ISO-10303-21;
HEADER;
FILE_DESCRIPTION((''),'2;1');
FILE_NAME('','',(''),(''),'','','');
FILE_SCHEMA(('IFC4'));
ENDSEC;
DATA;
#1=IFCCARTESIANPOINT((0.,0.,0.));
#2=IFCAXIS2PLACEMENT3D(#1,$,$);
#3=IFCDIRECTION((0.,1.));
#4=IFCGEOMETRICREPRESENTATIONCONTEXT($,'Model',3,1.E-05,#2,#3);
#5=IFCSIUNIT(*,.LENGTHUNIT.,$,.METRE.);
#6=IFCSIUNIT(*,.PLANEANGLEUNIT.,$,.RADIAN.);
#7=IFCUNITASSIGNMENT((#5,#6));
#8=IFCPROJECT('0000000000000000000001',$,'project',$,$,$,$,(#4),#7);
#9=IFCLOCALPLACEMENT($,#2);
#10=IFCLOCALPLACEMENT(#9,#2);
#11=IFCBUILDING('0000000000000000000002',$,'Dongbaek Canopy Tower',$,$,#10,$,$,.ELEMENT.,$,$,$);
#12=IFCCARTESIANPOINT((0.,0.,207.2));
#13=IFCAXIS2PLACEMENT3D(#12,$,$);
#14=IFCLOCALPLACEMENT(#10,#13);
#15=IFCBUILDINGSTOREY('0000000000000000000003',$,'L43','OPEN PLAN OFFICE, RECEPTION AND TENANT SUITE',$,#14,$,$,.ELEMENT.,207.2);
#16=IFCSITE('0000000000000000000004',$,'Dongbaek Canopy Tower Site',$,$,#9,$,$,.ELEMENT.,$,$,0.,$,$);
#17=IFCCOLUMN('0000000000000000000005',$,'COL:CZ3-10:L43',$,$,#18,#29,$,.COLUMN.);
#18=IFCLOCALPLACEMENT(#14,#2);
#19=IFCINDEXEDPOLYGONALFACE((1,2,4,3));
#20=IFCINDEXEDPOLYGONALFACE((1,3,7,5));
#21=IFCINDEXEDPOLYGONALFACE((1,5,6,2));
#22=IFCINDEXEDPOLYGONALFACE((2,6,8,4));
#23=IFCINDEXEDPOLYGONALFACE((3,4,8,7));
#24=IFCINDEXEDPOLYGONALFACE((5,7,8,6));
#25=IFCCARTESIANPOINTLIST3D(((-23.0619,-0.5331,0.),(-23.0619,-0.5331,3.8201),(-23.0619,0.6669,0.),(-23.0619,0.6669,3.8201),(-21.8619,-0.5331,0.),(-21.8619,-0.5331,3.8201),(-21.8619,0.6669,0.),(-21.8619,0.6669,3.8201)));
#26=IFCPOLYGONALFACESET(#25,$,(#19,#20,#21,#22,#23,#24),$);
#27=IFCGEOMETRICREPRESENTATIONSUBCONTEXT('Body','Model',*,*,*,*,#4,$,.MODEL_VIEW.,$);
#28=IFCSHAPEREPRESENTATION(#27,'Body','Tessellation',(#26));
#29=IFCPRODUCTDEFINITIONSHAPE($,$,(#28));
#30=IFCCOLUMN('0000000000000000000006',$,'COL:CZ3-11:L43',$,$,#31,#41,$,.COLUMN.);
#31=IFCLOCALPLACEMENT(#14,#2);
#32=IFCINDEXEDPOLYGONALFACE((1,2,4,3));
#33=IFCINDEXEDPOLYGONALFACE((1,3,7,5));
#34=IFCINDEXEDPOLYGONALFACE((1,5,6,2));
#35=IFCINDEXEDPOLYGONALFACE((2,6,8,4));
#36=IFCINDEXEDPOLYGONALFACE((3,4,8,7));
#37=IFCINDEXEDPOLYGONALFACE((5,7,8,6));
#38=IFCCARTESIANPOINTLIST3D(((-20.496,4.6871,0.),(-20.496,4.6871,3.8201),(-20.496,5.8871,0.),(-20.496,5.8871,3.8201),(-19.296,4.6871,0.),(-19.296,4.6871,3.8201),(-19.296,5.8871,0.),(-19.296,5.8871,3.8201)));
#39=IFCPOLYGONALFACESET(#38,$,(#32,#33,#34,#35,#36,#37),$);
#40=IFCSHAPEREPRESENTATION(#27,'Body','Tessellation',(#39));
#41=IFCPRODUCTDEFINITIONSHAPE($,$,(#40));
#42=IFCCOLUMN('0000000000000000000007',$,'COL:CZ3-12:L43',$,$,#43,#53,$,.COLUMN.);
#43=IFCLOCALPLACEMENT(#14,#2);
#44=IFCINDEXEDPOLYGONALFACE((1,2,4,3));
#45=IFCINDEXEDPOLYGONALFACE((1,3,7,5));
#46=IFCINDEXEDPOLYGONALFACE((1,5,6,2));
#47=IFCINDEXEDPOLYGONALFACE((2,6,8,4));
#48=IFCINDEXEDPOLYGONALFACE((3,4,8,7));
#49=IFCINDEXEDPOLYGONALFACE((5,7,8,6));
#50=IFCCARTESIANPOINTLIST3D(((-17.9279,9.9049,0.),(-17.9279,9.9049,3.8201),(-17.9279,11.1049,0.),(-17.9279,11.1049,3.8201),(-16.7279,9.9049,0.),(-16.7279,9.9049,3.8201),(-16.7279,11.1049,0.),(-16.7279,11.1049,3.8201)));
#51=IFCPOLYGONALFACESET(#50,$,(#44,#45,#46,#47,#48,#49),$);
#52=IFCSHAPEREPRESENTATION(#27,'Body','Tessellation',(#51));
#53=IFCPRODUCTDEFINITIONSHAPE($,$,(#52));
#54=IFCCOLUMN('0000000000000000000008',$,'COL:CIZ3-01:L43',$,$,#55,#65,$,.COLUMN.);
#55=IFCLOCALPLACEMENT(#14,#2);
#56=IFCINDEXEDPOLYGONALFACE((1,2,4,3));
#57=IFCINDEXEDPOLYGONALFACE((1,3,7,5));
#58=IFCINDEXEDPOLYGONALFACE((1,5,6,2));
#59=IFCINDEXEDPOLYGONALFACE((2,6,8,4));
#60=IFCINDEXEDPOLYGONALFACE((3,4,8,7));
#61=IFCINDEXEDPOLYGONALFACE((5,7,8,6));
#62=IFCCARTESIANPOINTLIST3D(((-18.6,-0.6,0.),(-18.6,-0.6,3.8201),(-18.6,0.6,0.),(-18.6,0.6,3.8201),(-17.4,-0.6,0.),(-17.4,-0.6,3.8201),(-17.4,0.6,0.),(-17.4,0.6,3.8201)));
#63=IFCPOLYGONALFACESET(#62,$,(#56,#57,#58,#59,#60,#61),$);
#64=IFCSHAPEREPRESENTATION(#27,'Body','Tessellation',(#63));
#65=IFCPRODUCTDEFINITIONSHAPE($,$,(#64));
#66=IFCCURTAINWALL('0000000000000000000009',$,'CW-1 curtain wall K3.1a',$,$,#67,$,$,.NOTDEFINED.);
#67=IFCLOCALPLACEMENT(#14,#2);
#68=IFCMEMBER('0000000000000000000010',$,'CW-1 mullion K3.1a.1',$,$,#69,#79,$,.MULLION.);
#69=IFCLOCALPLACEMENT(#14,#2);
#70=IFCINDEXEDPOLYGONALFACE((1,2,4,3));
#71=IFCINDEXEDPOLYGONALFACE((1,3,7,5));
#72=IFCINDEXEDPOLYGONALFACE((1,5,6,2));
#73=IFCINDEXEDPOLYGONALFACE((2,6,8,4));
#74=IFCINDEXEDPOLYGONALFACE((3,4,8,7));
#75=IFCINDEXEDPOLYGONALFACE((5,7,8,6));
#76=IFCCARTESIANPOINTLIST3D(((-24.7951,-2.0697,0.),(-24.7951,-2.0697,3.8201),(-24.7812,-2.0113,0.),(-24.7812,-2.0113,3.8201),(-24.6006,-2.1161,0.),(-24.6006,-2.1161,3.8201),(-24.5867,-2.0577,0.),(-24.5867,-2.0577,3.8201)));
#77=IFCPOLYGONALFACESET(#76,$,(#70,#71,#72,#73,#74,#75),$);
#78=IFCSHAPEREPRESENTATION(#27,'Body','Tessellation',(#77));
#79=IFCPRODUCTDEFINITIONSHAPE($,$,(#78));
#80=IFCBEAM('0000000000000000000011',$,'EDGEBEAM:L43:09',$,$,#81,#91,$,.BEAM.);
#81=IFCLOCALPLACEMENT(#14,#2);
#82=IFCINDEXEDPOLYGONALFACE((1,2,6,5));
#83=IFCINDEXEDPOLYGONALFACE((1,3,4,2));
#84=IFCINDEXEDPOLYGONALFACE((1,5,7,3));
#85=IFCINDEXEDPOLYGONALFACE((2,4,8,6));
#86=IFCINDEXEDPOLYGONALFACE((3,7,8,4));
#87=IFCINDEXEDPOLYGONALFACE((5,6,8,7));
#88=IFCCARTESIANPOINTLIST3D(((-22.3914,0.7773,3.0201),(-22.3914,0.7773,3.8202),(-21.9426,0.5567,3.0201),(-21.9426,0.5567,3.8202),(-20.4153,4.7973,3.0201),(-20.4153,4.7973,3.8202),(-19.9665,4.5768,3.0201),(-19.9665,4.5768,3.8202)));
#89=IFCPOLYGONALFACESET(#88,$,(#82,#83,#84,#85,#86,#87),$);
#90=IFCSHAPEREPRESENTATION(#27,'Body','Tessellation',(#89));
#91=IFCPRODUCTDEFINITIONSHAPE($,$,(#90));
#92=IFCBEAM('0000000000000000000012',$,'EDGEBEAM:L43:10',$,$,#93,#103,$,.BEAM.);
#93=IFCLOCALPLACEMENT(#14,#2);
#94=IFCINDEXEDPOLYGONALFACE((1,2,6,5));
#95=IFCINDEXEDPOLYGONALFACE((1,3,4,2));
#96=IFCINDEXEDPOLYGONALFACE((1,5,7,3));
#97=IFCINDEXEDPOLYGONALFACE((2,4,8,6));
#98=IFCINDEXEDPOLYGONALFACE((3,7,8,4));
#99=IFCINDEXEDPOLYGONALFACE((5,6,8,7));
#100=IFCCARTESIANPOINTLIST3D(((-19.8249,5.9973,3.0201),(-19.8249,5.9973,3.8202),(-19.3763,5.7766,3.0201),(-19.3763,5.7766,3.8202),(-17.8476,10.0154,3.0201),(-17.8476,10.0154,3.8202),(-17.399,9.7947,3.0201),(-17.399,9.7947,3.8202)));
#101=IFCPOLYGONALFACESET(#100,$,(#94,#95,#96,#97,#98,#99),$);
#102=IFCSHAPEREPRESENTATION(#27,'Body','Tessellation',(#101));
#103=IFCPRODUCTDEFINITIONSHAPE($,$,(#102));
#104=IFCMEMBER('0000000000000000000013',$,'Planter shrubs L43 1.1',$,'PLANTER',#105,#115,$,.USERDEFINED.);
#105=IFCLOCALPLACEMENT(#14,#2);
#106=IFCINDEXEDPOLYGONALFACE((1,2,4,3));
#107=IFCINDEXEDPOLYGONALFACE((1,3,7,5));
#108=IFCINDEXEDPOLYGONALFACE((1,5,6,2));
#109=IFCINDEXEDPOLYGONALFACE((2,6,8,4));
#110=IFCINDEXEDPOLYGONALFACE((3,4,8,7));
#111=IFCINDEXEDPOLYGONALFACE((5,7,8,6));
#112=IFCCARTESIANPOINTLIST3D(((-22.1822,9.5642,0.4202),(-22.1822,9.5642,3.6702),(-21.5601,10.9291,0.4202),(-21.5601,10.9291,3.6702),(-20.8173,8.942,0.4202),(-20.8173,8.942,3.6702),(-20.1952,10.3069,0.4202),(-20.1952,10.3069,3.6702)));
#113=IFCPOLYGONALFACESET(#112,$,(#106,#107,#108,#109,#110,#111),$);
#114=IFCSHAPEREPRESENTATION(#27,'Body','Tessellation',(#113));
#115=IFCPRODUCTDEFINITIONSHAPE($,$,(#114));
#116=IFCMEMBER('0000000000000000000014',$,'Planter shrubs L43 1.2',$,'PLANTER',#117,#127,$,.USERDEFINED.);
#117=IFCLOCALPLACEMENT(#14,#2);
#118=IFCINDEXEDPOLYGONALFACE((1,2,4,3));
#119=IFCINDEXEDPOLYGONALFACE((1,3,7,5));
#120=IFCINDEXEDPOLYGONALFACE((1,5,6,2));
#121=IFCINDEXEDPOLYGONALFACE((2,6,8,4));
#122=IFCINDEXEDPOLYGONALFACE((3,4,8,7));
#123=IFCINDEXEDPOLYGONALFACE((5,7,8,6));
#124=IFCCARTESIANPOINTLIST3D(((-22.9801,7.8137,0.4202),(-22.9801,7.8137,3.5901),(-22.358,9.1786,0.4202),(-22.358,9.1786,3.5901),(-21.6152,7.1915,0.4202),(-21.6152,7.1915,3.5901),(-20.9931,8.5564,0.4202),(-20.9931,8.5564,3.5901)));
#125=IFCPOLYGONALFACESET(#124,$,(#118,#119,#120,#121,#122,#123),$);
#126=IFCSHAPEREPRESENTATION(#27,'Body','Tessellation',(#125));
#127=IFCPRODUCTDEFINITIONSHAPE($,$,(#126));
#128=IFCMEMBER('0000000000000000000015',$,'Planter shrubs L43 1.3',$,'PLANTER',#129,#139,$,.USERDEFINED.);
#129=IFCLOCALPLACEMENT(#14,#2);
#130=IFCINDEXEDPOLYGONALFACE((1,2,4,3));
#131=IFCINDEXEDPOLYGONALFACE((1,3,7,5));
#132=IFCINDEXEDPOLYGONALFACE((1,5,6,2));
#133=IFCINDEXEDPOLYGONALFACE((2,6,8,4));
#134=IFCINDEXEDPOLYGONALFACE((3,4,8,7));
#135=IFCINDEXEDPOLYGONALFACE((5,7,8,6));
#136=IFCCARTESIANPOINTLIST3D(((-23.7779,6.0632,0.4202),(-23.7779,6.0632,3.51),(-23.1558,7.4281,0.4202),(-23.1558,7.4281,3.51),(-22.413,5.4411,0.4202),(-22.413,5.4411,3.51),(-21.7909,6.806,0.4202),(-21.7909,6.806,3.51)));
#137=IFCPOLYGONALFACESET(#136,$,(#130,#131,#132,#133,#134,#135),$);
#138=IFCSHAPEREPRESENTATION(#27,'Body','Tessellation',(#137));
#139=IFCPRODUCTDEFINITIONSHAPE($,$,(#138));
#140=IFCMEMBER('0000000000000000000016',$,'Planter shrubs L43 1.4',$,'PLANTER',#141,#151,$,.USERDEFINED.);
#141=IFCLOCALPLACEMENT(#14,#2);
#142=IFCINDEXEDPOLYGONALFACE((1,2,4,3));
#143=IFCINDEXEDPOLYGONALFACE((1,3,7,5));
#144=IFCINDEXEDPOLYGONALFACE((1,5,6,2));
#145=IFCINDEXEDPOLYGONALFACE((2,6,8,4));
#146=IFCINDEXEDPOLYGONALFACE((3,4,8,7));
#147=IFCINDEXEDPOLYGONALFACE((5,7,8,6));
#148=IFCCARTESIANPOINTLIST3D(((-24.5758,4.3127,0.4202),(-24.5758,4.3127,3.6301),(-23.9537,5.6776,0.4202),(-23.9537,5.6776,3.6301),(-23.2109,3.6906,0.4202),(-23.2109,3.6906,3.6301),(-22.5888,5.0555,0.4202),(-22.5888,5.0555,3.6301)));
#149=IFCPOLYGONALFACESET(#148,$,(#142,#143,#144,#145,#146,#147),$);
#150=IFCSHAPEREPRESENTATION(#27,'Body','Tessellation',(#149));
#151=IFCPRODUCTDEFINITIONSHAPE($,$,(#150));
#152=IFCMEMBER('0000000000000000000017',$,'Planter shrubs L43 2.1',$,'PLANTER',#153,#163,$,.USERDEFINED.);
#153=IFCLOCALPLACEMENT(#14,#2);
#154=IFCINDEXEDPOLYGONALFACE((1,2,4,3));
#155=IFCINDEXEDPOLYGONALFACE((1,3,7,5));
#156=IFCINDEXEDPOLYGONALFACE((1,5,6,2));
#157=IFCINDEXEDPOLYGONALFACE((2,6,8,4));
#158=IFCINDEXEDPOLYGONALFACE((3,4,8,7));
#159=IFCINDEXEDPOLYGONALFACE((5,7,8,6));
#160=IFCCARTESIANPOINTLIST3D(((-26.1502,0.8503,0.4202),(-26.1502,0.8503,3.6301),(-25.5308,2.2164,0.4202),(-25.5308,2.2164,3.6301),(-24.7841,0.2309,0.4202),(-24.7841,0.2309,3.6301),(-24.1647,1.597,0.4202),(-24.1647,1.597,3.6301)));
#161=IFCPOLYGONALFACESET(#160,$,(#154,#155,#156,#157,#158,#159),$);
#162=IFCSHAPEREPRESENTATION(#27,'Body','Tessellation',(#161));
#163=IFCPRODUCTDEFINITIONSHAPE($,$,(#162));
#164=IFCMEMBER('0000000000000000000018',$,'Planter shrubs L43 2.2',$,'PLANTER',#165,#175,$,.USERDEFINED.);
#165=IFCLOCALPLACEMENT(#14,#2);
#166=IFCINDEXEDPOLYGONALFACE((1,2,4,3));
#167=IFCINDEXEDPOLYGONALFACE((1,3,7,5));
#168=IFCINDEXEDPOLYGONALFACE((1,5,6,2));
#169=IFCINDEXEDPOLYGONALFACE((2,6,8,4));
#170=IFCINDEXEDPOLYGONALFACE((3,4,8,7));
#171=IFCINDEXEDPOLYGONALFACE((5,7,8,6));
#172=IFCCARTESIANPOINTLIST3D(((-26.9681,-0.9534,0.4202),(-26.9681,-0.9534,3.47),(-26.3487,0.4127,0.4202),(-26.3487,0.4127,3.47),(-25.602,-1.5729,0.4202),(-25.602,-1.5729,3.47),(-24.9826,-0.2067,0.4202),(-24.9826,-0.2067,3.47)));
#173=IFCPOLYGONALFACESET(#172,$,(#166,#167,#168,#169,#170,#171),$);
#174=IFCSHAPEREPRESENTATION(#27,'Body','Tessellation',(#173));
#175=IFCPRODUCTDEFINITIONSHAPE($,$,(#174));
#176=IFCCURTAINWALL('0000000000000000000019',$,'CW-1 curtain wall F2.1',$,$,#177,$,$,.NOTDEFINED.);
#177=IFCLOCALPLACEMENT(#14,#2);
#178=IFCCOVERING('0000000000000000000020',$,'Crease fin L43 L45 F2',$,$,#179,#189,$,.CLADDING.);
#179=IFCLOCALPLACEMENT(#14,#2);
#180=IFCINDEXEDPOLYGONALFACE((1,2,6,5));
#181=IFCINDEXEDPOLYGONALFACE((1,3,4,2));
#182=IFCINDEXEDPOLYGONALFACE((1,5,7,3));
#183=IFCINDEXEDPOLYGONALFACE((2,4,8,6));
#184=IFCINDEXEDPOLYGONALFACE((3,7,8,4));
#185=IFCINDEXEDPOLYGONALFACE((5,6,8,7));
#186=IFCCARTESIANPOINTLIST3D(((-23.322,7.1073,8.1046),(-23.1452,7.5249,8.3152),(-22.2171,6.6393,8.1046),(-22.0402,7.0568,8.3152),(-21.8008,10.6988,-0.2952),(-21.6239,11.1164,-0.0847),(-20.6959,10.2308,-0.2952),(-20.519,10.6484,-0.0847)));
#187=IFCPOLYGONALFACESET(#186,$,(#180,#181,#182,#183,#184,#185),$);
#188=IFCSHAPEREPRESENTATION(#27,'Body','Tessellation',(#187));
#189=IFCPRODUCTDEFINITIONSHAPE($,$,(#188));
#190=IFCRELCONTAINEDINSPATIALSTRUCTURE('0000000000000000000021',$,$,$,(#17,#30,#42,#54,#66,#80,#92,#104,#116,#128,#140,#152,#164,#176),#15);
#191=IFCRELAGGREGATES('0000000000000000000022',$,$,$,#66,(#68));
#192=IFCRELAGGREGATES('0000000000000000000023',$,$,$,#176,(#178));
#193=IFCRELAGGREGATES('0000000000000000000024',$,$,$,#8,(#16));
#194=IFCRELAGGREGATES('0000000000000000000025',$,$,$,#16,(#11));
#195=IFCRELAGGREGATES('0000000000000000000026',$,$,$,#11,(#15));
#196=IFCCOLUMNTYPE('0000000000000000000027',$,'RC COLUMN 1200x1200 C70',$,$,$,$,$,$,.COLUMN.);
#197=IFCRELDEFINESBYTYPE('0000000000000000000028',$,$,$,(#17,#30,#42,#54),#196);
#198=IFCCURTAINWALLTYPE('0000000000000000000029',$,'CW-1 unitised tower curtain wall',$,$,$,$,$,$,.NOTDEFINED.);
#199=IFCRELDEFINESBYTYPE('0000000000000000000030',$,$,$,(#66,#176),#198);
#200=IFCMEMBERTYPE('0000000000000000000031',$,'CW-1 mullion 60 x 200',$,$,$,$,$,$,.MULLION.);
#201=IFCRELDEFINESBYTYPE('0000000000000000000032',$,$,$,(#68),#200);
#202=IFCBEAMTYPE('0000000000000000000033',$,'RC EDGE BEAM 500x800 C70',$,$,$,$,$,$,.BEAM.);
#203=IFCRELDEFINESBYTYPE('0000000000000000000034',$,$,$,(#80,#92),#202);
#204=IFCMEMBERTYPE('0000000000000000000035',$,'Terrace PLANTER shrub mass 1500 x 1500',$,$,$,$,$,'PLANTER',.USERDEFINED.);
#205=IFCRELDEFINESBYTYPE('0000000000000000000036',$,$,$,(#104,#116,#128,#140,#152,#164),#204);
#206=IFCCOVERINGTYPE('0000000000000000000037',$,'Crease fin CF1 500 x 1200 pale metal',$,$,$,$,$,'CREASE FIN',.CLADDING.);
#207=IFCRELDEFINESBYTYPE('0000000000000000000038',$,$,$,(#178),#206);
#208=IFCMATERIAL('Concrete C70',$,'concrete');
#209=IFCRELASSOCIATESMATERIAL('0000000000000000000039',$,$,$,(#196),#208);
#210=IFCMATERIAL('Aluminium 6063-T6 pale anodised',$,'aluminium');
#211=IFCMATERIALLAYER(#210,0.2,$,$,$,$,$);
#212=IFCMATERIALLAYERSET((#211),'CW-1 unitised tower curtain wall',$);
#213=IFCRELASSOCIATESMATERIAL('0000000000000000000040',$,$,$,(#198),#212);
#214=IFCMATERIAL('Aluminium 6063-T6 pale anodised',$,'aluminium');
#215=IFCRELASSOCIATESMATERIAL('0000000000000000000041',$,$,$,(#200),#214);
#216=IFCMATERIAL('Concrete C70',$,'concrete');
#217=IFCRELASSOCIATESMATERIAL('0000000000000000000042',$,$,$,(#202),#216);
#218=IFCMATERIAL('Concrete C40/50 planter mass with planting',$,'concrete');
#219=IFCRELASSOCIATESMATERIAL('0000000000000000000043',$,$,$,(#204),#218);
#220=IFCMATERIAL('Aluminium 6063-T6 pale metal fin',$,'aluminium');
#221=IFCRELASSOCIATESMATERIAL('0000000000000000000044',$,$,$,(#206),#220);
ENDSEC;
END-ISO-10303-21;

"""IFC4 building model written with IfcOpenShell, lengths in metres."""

from ifc_helpers import new_model, si_unit, direction, frame, origin, origin_2d, place, context, subcontext, project, spatial, rectangle, extrude, material, layer, layer_set, material_profile, profile_set, type_object, element, aggregate, save


model = new_model("IFC4")

# Units and contexts
model_context = context("Model", 3, precision=1e-05, world=origin(), true_north=direction((0.0, 1.0)))
body_context = subcontext(model_context, "Body", "Model", "MODEL_VIEW")
ifc_project = project(units=[si_unit("LENGTHUNIT", "METRE"), si_unit("PLANEANGLEUNIT", "RADIAN")], contexts=[model_context])

# Site, building, storey
site_placement = place(None, origin())
site = spatial("IfcSite", under=ifc_project, at=site_placement, Name="Dongbaek Canopy Tower Site", CompositionType="ELEMENT", RefElevation=0.0)
building_placement = place(site_placement, origin())
building = spatial("IfcBuilding", under=site, at=building_placement, Name="Dongbaek Canopy Tower", CompositionType="ELEMENT")
storey_placement = place(building_placement, frame((0.0, 0.0, 207.2)))
storey = spatial("IfcBuildingStorey", under=building, at=storey_placement, Name="L43", Description="OPEN PLAN OFFICE, RECEPTION AND TENANT SUITE", CompositionType="ELEMENT", Elevation=207.2)

# Columns
ifc_material_1 = material(Name="Concrete C70", Category="concrete")
ifc_material_profile_1 = material_profile(ifc_material_1, rectangle(XDim=1.2, YDim=1.2, at=origin_2d()), Name="RC COLUMN 1200x1200 C70")
ifc_profile_set_1 = profile_set([ifc_material_profile_1], Name="Concrete C70")
column_type = type_object("IfcColumnType", Name="RC COLUMN 1200x1200 C70", PredefinedType="COLUMN", material=ifc_profile_set_1)
for number, where, z_axis, x_axis, name in (
    (1, (-22.4619, 0.0669, 0.0), (0.0, 0.0, 1.0), (1.0, 0.0, 0.0), "COL:CZ3-10:L43"),
    (2, (-19.896, 5.2871, 0.0), (0.0, 0.0, 1.0), (1.0, 0.0, 0.0), "COL:CZ3-11:L43"),
    (3, (-17.3279, 10.5049, 0.0), (0.0, 0.0, 1.0), (1.0, 0.0, 0.0), "COL:CZ3-12:L43"),
    (4, (-18.0, 0.0, 0.0), (0.0, 0.0, 1.0), (1.0, 0.0, 0.0), "COL:CIZ3-01:L43"),
):
    element("IfcColumn", number, at=place(storey_placement, frame(where, z_axis=z_axis, x_axis=x_axis)), inside=storey, type_object=column_type, Name=name, PredefinedType="COLUMN", context=body_context, shape_type="SweptSolid", body=[
        extrude(rectangle(XDim=1.2, YDim=1.2, at=origin_2d()), origin(), (0.0, 0.0, 1.0), 3.8201),
    ])

# Curtain wall, member
ifc_material_2 = material(Name="Aluminium 6063-T6 pale anodised", Category="aluminium")
ifc_layer_1 = layer(ifc_material_2, 0.2)
ifc_layer_set_1 = layer_set([ifc_layer_1], Name="CW-1 unitised tower curtain wall")
curtain_wall_type = type_object("IfcCurtainWallType", Name="CW-1 unitised tower curtain wall", PredefinedType="NOTDEFINED", material=ifc_layer_set_1)
curtain_wall_1_placement = place(storey_placement, origin())
curtain_wall_1 = element("IfcCurtainWall", 5, at=curtain_wall_1_placement, inside=storey, type_object=curtain_wall_type, Name="CW-1 curtain wall K3.1a", PredefinedType="NOTDEFINED")
ifc_material_3 = material(Name="Aluminium 6063-T6 pale anodised", Category="aluminium")
ifc_material_profile_2 = material_profile(ifc_material_3, rectangle(XDim=0.2, YDim=0.0601, at=origin_2d()), Name="CW-1 mullion 60 x 200")
ifc_profile_set_2 = profile_set([ifc_material_profile_2], Name="Aluminium 6063-T6 pale anodised")
member_type_1 = type_object("IfcMemberType", Name="CW-1 mullion 60 x 200", PredefinedType="MULLION", material=ifc_profile_set_2)
member_1_placement = place(storey_placement, frame((-24.6909, -2.0637, 0.0), z_axis=(0.0, 0.0, 1.0), x_axis=(-0.972744, 0.231882, 0.0)))
member_1 = element("IfcMember", 6, at=member_1_placement, type_object=member_type_1, Name="CW-1 mullion K3.1a.1", PredefinedType="MULLION", context=body_context, shape_type="SweptSolid", body=[
    extrude(rectangle(XDim=0.2, YDim=0.0601, at=origin_2d()), origin(), (0.0, 0.0, 1.0), 3.8201),
])
aggregate(curtain_wall_1, [member_1])

# Beams
ifc_material_4 = material(Name="Concrete C70", Category="concrete")
ifc_material_profile_3 = material_profile(ifc_material_4, rectangle(XDim=0.5, YDim=0.8, at=origin_2d()), Name="RC EDGE BEAM 500x800 C70")
ifc_profile_set_3 = profile_set([ifc_material_profile_3], Name="Concrete C70")
beam_type = type_object("IfcBeamType", Name="RC EDGE BEAM 500x800 C70", PredefinedType="BEAM", material=ifc_profile_set_3)
beam_1_placement = place(storey_placement, frame((-22.167, 0.667, 3.4202), z_axis=(0.441143, 0.897437, 0.0), x_axis=(-0.897437, 0.441143, 0.0)))
element("IfcBeam", 7, at=beam_1_placement, inside=storey, type_object=beam_type, Name="EDGEBEAM:L43:09", PredefinedType="BEAM", context=body_context, shape_type="SweptSolid", body=[
    extrude(rectangle(XDim=0.5, YDim=0.8, at=origin_2d()), origin(), (0.0, 0.0, 1.0), 4.4795),
])
beam_2_placement = place(storey_placement, frame((-19.6006, 5.887, 3.4202), z_axis=(0.441535, 0.897244, 0.0), x_axis=(-0.897244, 0.441535, 0.0)))
element("IfcBeam", 8, at=beam_2_placement, inside=storey, type_object=beam_type, Name="EDGEBEAM:L43:10", PredefinedType="BEAM", context=body_context, shape_type="SweptSolid", body=[
    extrude(rectangle(XDim=0.5, YDim=0.8, at=origin_2d()), origin(), (0.0, 0.0, 1.0), 4.4783),
])

# Members
ifc_material_5 = material(Name="Concrete C40/50 planter mass with planting", Category="concrete")
ifc_material_profile_4 = material_profile(ifc_material_5, rectangle(XDim=1.5, YDim=1.5, at=origin_2d()), Name="Terrace PLANTER shrub mass 1500 x 1500")
ifc_profile_set_4 = profile_set([ifc_material_profile_4], Name="Concrete C40/50 planter mass with planting")
member_type_2 = type_object("IfcMemberType", Name="Terrace PLANTER shrub mass 1500 x 1500", ElementType="PLANTER", PredefinedType="USERDEFINED", material=ifc_profile_set_4)
member_2_placement = place(storey_placement, frame((-21.1887, 9.9355, 0.4202), z_axis=(0.0, 0.0, 1.0), x_axis=(-0.909933, 0.414755, 0.0)))
element("IfcMember", 9, at=member_2_placement, inside=storey, type_object=member_type_2, Name="Planter shrubs L43 1.1", ObjectType="PLANTER", PredefinedType="USERDEFINED", context=body_context, shape_type="SweptSolid", body=[
    extrude(rectangle(XDim=1.5, YDim=1.5, at=origin_2d()), origin(), (0.0, 0.0, 1.0), 3.25),
])
member_3_placement = place(storey_placement, frame((-21.9866, 8.1851, 0.4202), z_axis=(0.0, 0.0, 1.0), x_axis=(-0.909933, 0.414755, 0.0)))
element("IfcMember", 10, at=member_3_placement, inside=storey, type_object=member_type_2, Name="Planter shrubs L43 1.2", ObjectType="PLANTER", PredefinedType="USERDEFINED", context=body_context, shape_type="SweptSolid", body=[
    extrude(rectangle(XDim=1.5, YDim=1.5, at=origin_2d()), origin(), (0.0, 0.0, 1.0), 3.1699),
])
member_4_placement = place(storey_placement, frame((-22.7844, 6.4346, 0.4202), z_axis=(0.0, 0.0, 1.0), x_axis=(-0.909933, 0.414755, 0.0)))
element("IfcMember", 11, at=member_4_placement, inside=storey, type_object=member_type_2, Name="Planter shrubs L43 1.3", ObjectType="PLANTER", PredefinedType="USERDEFINED", context=body_context, shape_type="SweptSolid", body=[
    extrude(rectangle(XDim=1.5, YDim=1.5, at=origin_2d()), origin(), (0.0, 0.0, 1.0), 3.0898),
])
for number, where, z_axis, x_axis, name in (
    (12, (-23.5823, 4.6841, 0.4202), (0.0, 0.0, 1.0), (-0.909933, 0.414755, 0.0), "Planter shrubs L43 1.4"),
    (13, (-25.1575, 1.2236, 0.4202), (0.0, 0.0, 1.0), (-0.91076, 0.412936, 0.0), "Planter shrubs L43 2.1"),
):
    element("IfcMember", number, at=place(storey_placement, frame(where, z_axis=z_axis, x_axis=x_axis)), inside=storey, type_object=member_type_2, Name=name, ObjectType="PLANTER", PredefinedType="USERDEFINED", context=body_context, shape_type="SweptSolid", body=[
        extrude(rectangle(XDim=1.5, YDim=1.5, at=origin_2d()), origin(), (0.0, 0.0, 1.0), 3.21),
    ])
member_5_placement = place(storey_placement, frame((-25.9753, -0.5801, 0.4202), z_axis=(0.0, 0.0, 1.0), x_axis=(-0.91076, 0.412936, 0.0)))
element("IfcMember", 14, at=member_5_placement, inside=storey, type_object=member_type_2, Name="Planter shrubs L43 2.2", ObjectType="PLANTER", PredefinedType="USERDEFINED", context=body_context, shape_type="SweptSolid", body=[
    extrude(rectangle(XDim=1.5, YDim=1.5, at=origin_2d()), origin(), (0.0, 0.0, 1.0), 3.0498),
])

# Curtain wall, covering
curtain_wall_2_placement = place(storey_placement, origin())
curtain_wall_2 = element("IfcCurtainWall", 15, at=curtain_wall_2_placement, inside=storey, type_object=curtain_wall_type, Name="CW-1 curtain wall F2.1", PredefinedType="NOTDEFINED")
ifc_material_6 = material(Name="Aluminium 6063-T6 pale metal fin", Category="aluminium")
ifc_material_profile_5 = material_profile(ifc_material_6, rectangle(XDim=1.2, YDim=0.5, at=origin_2d()), Name="Crease fin CF1 500 x 1200 pale metal")
ifc_profile_set_5 = profile_set([ifc_material_profile_5], Name="Aluminium 6063-T6 pale metal fin")
covering_type = type_object("IfcCoveringType", Name="Crease fin CF1 500 x 1200 pale metal", ElementType="CREASE FIN", PredefinedType="CLADDING", material=ifc_profile_set_5)
covering_placement = place(storey_placement, frame((-21.1599, 10.6736, -0.1899), z_axis=(-0.164258, -0.387802, 0.906989), x_axis=(0.920807, -0.390018, 0.0)))
covering = element("IfcCovering", 16, at=covering_placement, type_object=covering_type, Name="Crease fin L43 L45 F2", PredefinedType="CLADDING", context=body_context, shape_type="SweptSolid", body=[
    extrude(rectangle(XDim=1.2, YDim=0.5, at=origin_2d()), origin(), (0.0, 0.0, 1.0), 9.2612),
])
aggregate(curtain_wall_2, [covering])

save(model, "model.ifc")
